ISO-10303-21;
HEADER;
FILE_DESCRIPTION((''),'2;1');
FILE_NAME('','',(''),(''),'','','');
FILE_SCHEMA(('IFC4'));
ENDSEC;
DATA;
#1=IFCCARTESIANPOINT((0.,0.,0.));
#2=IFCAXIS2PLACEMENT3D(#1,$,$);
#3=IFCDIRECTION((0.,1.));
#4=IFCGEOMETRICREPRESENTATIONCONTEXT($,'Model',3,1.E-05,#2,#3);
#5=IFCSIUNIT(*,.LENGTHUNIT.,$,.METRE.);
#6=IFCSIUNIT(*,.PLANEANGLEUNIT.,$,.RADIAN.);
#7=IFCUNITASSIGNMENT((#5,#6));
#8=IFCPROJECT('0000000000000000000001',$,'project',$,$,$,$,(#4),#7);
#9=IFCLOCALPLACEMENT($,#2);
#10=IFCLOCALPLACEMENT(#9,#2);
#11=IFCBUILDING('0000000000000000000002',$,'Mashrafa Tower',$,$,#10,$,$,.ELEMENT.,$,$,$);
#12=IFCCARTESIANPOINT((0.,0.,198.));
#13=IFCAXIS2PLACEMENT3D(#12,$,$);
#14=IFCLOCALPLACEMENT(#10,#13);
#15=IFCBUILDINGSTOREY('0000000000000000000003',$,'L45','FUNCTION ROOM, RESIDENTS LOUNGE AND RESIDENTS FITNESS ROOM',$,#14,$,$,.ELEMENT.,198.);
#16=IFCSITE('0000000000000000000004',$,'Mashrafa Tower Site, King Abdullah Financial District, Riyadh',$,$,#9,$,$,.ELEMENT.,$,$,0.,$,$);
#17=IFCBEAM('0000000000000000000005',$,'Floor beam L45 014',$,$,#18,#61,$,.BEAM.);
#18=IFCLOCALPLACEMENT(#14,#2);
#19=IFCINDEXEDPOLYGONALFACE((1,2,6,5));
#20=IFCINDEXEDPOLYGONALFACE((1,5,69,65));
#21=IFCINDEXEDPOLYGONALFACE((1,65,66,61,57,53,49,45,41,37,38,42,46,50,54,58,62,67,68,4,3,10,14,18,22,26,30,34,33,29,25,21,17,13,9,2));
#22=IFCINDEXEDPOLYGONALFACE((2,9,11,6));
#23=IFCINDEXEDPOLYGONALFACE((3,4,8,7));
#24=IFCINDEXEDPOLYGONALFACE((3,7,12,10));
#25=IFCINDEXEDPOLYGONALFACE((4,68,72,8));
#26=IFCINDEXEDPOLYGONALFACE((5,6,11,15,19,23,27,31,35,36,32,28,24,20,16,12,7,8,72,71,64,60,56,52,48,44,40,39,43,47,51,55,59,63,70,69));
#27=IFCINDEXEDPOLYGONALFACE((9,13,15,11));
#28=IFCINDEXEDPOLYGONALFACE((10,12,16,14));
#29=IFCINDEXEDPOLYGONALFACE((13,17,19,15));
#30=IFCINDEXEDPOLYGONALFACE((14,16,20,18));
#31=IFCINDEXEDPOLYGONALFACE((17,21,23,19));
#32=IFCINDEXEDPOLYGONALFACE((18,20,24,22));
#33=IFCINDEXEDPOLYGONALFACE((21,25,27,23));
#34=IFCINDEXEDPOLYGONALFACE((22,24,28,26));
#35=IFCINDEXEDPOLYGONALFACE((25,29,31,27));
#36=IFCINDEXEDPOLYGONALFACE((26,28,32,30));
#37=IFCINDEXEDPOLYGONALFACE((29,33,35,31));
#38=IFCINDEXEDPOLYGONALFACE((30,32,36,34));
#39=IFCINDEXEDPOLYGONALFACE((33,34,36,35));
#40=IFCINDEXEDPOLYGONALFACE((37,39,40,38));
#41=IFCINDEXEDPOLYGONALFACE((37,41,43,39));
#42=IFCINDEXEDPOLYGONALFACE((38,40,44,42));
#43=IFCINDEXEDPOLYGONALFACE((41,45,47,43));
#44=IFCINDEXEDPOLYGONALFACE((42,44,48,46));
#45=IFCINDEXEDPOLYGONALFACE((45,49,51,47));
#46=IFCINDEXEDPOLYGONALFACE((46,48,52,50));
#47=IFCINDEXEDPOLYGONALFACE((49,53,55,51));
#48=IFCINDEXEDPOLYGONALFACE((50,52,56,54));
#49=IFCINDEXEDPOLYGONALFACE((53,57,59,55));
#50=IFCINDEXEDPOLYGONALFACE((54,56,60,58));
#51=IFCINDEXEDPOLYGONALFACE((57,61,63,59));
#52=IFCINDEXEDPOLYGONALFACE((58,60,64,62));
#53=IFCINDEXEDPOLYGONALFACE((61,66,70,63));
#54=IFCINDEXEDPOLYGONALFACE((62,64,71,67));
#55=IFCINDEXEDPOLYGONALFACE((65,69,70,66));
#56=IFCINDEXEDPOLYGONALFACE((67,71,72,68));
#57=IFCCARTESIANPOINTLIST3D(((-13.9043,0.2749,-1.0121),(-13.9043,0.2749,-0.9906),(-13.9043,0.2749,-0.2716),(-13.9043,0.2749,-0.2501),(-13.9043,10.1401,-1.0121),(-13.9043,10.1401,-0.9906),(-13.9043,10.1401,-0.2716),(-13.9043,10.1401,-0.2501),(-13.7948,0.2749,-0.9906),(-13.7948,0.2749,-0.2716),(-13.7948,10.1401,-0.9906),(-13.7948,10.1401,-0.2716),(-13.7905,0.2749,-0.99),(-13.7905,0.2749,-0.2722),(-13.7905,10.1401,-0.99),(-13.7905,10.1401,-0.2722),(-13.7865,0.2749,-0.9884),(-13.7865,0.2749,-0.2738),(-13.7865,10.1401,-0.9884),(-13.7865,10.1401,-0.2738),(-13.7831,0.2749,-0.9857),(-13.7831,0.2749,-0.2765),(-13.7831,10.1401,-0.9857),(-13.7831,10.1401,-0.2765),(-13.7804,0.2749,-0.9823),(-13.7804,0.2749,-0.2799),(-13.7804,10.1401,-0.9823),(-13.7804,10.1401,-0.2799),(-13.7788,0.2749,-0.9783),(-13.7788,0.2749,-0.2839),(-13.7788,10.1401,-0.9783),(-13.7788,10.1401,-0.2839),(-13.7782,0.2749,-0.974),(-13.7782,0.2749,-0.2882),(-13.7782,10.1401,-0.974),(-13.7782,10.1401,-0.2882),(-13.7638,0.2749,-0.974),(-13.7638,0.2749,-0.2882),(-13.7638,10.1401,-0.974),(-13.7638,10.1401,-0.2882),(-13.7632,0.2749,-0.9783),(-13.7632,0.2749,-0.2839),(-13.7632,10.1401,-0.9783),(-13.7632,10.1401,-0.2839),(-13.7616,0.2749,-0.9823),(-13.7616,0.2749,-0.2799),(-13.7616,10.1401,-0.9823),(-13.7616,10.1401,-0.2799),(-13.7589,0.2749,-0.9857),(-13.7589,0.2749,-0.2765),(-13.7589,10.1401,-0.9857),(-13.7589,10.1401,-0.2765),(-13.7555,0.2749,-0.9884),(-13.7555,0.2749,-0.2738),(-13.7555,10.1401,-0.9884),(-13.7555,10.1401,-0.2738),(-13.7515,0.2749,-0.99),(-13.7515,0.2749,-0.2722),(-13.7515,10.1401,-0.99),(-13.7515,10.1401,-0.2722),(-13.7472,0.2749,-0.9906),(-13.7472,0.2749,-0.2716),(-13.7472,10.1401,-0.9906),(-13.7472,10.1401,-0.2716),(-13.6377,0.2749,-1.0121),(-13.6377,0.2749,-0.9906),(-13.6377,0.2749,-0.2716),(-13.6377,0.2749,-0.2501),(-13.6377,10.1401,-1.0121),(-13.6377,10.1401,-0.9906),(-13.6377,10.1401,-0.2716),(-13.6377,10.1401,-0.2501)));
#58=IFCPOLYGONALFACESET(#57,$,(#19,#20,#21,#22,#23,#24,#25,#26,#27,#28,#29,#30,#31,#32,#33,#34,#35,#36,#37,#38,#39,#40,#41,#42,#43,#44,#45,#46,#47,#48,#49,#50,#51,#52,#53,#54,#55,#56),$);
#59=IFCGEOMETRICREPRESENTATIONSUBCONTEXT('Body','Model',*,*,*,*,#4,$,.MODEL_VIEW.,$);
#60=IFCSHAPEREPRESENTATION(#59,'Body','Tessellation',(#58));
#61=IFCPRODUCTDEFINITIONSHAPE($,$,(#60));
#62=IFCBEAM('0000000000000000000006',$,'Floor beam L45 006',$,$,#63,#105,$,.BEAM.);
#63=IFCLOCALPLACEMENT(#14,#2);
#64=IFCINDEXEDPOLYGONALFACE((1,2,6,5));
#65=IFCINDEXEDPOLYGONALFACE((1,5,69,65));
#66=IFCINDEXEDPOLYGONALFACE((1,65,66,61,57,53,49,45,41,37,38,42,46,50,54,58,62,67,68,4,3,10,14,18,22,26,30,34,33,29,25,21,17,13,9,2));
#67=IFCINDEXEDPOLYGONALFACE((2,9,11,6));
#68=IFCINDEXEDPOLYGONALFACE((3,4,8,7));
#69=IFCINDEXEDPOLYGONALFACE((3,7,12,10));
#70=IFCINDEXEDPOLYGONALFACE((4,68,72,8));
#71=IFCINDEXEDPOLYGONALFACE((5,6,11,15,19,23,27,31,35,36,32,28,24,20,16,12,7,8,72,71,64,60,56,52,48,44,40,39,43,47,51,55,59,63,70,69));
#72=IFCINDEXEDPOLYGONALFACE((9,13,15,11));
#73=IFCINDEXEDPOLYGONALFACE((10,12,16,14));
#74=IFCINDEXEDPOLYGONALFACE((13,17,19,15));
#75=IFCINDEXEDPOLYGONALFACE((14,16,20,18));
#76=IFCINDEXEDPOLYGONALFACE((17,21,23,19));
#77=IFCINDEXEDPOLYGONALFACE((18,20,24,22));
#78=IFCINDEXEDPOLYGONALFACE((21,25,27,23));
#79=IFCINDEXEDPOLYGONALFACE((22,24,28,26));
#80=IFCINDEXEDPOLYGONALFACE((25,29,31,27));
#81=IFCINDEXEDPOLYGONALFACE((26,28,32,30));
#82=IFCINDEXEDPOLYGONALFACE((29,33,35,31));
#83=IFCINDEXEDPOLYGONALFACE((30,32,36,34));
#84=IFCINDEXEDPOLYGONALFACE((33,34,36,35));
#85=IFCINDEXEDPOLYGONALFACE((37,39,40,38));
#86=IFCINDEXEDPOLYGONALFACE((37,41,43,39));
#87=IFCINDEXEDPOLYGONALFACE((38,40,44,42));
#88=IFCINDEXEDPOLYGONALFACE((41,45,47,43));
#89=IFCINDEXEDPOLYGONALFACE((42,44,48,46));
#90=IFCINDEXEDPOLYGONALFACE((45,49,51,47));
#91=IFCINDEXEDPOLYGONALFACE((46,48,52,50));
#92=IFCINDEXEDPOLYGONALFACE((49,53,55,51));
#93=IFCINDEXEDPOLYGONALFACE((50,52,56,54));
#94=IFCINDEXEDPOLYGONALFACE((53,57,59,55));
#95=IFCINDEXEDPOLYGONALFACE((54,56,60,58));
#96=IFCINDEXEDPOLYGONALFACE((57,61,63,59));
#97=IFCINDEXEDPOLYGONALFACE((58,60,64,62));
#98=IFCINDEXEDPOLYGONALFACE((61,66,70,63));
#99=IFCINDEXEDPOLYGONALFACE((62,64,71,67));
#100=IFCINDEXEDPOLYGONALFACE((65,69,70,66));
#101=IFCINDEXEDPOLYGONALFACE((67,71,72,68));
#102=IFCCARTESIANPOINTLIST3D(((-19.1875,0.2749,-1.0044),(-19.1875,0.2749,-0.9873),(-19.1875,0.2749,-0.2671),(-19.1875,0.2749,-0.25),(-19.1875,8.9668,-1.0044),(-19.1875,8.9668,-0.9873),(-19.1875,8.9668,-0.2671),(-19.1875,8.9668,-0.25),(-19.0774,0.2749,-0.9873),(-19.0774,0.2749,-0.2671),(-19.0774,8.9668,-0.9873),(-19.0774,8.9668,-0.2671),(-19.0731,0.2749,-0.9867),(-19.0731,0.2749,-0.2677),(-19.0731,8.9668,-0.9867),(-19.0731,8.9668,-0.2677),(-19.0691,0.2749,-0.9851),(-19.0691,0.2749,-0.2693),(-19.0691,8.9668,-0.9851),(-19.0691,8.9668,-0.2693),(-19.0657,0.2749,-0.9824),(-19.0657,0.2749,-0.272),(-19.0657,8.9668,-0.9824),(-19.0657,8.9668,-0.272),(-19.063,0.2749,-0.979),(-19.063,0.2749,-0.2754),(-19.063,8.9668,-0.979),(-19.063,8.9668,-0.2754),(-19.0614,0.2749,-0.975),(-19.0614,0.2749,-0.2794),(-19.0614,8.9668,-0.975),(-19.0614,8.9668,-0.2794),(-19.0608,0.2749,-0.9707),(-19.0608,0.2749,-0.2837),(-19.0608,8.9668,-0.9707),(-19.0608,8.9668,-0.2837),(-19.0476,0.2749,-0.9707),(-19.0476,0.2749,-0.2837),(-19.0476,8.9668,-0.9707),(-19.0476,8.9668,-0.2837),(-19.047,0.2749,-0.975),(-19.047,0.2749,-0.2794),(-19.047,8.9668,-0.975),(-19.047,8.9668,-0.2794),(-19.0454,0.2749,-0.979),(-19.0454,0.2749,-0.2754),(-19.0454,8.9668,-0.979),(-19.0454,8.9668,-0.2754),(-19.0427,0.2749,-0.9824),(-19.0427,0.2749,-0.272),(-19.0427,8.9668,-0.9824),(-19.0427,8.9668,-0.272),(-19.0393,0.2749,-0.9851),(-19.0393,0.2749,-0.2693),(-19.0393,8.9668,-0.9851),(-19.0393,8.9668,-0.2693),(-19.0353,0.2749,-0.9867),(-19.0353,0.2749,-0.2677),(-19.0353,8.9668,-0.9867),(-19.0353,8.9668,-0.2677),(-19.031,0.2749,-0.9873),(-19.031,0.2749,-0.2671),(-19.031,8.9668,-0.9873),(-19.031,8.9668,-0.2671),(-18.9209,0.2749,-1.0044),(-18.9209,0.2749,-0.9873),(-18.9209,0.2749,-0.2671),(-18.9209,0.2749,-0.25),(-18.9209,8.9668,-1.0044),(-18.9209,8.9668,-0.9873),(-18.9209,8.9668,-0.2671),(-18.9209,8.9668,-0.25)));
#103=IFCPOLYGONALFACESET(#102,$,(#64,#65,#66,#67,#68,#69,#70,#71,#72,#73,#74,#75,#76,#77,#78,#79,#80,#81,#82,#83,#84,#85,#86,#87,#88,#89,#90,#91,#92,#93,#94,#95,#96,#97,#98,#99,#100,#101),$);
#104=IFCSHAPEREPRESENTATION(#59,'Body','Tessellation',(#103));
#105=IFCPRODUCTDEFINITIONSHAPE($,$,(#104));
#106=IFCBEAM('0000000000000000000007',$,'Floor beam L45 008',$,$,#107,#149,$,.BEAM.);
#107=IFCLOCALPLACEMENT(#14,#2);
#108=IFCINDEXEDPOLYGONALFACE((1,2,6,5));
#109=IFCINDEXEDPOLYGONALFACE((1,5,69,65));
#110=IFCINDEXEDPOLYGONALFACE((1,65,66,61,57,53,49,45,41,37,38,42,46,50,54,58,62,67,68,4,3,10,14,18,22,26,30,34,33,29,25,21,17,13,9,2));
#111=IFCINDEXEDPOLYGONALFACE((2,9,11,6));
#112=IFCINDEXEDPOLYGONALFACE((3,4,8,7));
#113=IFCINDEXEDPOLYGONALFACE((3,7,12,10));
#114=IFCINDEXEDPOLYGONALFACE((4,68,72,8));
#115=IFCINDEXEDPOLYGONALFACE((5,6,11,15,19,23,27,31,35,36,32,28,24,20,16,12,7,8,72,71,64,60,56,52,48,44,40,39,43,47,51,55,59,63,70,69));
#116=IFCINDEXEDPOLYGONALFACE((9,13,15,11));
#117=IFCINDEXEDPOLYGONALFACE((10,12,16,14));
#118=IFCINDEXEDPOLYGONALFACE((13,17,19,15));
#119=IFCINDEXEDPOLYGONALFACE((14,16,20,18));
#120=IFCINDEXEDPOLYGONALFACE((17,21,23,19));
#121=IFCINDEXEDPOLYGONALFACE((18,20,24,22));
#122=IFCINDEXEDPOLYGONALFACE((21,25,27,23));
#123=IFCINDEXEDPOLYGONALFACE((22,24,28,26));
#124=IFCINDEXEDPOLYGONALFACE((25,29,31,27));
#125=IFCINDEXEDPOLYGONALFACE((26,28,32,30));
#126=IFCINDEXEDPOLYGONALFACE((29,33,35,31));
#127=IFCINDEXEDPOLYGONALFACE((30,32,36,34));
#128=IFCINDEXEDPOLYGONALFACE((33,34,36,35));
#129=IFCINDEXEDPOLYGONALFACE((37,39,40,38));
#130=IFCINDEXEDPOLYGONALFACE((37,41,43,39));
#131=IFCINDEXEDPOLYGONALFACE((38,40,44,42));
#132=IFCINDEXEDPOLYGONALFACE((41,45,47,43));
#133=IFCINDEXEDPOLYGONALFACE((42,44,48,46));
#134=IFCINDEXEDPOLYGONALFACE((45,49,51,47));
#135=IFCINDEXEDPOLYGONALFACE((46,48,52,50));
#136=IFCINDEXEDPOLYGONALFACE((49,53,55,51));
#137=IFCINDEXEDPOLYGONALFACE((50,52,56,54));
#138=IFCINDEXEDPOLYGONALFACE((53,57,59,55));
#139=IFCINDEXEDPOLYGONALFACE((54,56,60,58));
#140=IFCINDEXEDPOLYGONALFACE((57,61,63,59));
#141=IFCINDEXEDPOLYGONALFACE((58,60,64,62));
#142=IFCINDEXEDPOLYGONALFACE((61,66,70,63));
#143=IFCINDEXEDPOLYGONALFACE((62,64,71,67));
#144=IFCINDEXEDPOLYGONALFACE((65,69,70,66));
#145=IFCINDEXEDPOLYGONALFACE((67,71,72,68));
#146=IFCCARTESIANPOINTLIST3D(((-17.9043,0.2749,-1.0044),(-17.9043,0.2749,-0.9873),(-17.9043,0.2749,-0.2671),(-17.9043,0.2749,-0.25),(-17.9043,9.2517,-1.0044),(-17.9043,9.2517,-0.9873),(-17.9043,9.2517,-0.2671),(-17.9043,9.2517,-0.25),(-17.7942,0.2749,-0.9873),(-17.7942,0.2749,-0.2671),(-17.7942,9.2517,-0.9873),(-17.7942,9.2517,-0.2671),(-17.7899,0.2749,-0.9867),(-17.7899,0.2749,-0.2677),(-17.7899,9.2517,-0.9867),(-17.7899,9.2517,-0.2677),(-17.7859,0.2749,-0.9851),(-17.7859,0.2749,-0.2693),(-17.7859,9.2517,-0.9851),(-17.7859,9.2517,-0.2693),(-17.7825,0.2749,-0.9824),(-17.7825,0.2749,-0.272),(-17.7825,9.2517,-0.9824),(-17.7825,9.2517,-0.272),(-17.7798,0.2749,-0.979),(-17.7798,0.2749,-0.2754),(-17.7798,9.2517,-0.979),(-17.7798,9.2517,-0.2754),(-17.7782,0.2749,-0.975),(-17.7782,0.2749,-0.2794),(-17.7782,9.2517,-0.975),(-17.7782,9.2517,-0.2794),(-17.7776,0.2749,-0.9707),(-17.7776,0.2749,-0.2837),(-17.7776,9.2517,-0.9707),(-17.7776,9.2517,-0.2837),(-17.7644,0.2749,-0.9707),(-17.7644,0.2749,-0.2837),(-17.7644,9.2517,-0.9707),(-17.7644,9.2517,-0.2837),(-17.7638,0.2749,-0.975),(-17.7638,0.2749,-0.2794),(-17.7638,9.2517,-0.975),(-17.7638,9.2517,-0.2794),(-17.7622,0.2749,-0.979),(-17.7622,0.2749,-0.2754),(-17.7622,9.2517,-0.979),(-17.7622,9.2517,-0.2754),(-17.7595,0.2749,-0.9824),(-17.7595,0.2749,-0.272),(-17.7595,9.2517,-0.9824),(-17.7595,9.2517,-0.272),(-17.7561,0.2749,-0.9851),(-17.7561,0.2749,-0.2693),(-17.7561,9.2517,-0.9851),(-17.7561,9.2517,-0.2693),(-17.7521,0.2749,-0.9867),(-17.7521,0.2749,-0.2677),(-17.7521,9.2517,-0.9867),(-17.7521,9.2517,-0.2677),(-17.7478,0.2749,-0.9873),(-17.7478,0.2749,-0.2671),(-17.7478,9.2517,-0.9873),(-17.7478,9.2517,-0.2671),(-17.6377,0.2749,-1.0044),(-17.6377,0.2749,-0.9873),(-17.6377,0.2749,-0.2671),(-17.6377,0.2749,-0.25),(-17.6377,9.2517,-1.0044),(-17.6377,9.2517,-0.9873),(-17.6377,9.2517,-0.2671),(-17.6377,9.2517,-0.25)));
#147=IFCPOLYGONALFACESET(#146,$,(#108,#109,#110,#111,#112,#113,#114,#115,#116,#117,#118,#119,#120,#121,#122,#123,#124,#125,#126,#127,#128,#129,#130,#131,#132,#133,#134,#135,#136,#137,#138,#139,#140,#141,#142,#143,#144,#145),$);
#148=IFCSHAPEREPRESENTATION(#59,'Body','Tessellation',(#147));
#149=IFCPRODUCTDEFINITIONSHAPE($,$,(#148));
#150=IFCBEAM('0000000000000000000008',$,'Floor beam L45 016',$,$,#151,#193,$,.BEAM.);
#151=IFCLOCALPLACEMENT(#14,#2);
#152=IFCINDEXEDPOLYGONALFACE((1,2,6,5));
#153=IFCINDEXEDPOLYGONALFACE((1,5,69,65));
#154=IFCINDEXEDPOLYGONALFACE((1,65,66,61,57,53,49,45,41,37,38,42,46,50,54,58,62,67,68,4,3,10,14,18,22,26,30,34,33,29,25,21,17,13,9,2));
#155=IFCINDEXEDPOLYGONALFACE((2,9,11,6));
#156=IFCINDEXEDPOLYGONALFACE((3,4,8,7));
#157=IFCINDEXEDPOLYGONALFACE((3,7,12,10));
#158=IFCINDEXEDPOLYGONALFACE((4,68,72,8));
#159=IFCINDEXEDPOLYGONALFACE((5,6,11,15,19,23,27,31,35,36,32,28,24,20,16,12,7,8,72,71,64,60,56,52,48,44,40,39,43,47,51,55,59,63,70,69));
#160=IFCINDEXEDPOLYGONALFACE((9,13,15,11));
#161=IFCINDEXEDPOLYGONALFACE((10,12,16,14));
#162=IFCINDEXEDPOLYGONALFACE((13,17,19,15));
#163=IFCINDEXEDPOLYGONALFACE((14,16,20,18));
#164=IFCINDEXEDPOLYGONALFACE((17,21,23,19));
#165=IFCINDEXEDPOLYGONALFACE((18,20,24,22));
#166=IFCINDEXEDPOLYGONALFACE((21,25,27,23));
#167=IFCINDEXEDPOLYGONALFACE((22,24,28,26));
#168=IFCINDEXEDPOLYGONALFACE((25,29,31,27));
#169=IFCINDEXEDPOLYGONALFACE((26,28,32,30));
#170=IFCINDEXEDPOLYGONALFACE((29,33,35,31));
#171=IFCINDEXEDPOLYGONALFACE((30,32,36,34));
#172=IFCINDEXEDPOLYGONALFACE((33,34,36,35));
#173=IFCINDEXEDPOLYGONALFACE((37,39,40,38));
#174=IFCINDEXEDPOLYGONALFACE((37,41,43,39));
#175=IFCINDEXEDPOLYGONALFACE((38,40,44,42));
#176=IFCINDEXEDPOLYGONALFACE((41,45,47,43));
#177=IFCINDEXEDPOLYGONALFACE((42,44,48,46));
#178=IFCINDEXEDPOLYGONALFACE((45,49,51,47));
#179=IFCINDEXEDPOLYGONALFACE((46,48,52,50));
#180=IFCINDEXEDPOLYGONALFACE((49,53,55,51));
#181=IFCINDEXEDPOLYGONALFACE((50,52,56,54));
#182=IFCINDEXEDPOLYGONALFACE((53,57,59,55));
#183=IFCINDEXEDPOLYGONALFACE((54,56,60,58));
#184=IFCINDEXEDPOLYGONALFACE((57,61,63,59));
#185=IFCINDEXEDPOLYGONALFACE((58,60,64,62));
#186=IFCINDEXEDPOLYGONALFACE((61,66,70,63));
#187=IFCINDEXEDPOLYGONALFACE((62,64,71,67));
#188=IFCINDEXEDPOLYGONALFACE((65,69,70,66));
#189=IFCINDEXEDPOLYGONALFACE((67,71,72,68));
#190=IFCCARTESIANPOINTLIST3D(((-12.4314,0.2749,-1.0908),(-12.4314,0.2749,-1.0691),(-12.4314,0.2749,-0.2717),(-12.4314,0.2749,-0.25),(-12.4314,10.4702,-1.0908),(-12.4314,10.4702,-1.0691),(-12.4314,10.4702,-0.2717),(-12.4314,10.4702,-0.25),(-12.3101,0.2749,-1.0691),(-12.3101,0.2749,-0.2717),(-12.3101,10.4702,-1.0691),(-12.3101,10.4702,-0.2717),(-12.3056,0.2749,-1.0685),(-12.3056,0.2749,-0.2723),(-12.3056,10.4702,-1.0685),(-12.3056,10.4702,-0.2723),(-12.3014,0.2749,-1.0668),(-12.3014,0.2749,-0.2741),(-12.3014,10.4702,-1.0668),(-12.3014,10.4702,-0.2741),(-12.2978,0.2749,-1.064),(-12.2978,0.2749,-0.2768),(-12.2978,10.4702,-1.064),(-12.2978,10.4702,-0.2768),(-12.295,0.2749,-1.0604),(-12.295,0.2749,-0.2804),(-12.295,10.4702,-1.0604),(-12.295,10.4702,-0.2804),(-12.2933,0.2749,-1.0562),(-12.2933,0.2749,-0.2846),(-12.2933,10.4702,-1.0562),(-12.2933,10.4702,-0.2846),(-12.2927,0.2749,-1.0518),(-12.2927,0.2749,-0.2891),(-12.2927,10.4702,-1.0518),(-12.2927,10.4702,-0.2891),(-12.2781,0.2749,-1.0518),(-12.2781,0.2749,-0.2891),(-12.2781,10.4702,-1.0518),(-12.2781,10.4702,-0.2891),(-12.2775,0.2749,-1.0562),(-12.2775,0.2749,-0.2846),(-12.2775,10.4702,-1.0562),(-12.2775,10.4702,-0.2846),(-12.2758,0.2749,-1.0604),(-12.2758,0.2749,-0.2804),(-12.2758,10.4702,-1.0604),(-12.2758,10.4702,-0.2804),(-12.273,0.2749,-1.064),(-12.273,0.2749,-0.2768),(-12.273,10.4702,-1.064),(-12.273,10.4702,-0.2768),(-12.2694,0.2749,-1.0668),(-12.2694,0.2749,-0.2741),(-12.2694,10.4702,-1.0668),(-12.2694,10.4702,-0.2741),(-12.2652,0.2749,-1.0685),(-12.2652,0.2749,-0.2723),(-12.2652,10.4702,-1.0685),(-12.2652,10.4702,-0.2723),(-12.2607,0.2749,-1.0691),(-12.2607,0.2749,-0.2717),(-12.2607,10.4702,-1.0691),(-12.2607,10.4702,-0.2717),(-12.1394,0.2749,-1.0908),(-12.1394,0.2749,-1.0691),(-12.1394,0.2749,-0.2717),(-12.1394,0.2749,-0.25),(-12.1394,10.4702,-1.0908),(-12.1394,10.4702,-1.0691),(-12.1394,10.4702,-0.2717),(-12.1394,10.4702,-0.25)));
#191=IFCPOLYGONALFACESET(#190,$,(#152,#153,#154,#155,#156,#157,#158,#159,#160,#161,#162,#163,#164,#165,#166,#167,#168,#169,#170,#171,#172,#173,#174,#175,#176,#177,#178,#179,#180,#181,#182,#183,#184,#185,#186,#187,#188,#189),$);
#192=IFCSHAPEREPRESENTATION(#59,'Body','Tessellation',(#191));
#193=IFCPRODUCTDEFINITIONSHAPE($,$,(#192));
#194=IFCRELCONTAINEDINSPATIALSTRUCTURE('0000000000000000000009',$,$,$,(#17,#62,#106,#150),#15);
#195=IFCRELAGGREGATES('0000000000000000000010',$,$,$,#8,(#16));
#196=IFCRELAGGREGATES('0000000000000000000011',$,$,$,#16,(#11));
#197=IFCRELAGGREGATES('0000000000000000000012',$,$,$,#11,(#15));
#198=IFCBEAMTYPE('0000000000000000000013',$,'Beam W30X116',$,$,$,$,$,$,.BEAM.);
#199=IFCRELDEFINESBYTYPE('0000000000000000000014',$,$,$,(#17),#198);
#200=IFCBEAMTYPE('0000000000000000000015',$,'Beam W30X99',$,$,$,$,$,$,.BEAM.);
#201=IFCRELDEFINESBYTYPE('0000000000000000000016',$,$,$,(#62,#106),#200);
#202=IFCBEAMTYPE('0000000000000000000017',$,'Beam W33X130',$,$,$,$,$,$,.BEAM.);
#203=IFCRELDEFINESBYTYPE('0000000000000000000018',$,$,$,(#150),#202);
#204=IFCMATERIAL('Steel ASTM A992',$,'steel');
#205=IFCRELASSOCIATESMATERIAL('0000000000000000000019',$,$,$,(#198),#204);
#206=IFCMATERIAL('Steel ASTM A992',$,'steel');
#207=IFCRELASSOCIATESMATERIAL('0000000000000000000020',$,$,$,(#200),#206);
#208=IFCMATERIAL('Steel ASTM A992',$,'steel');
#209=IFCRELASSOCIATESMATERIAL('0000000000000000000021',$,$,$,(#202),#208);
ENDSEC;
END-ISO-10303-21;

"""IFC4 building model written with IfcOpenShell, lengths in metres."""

from ifc_helpers import new_model, si_unit, direction, frame, origin, origin_2d, place, context, subcontext, project, spatial, i_section, extrude, material, material_profile, profile_set, type_object, element, save


model = new_model("IFC4")

# Units and contexts
model_context = context("Model", 3, precision=1e-05, world=origin(), true_north=direction((0.0, 1.0)))
body_context = subcontext(model_context, "Body", "Model", "MODEL_VIEW")
ifc_project = project(units=[si_unit("LENGTHUNIT", "METRE"), si_unit("PLANEANGLEUNIT", "RADIAN")], contexts=[model_context])

# Site, building, storey
site_placement = place(None, origin())
site = spatial("IfcSite", under=ifc_project, at=site_placement, Name="Mashrafa Tower Site, King Abdullah Financial District, Riyadh", CompositionType="ELEMENT", RefElevation=0.0)
building_placement = place(site_placement, origin())
building = spatial("IfcBuilding", under=site, at=building_placement, Name="Mashrafa Tower", CompositionType="ELEMENT")
storey_placement = place(building_placement, frame((0.0, 0.0, 198.0)))
storey = spatial("IfcBuildingStorey", under=building, at=storey_placement, Name="L45", Description="FUNCTION ROOM, RESIDENTS LOUNGE AND RESIDENTS FITNESS ROOM", CompositionType="ELEMENT", Elevation=198.0)

# Beams
ifc_material_1 = material(Name="Steel ASTM A992", Category="steel")
ifc_material_profile_1 = material_profile(ifc_material_1, i_section(OverallWidth=0.2666, OverallDepth=0.762, WebThickness=0.0144, FlangeThickness=0.0215, FilletRadius=0.0166, at=origin_2d()), Name="W30X116")
ifc_profile_set_1 = profile_set([ifc_material_profile_1], Name="Steel ASTM A992")
beam_type_1 = type_object("IfcBeamType", Name="Beam W30X116", PredefinedType="BEAM", material=ifc_profile_set_1)
beam_1_placement = place(storey_placement, frame((-13.771, 0.2749, -0.6311), z_axis=(0.0, 1.0, 0.0), x_axis=(-1.0, 0.0, 0.0)))
element("IfcBeam", 1, at=beam_1_placement, inside=storey, type_object=beam_type_1, Name="Floor beam L45 014", PredefinedType="BEAM", context=body_context, shape_type="SweptSolid", body=[
    extrude(i_section(OverallWidth=0.2666, OverallDepth=0.762, WebThickness=0.0144, FlangeThickness=0.0215, FilletRadius=0.0166, at=origin_2d()), origin(), (0.0, 0.0, 1.0), 9.8652),
])
ifc_material_2 = material(Name="Steel ASTM A992", Category="steel")
ifc_material_profile_2 = material_profile(ifc_material_2, i_section(OverallWidth=0.2666, OverallDepth=0.7544, WebThickness=0.0132, FlangeThickness=0.0171, FilletRadius=0.0166, at=origin_2d()), Name="W30X99")
ifc_profile_set_2 = profile_set([ifc_material_profile_2], Name="Steel ASTM A992")
beam_type_2 = type_object("IfcBeamType", Name="Beam W30X99", PredefinedType="BEAM", material=ifc_profile_set_2)
beam_2_placement = place(storey_placement, frame((-19.0542, 0.2749, -0.6272), z_axis=(0.0, 1.0, 0.0), x_axis=(-1.0, 0.0, 0.0)))
element("IfcBeam", 2, at=beam_2_placement, inside=storey, type_object=beam_type_2, Name="Floor beam L45 006", PredefinedType="BEAM", context=body_context, shape_type="SweptSolid", body=[
    extrude(i_section(OverallWidth=0.2666, OverallDepth=0.7544, WebThickness=0.0132, FlangeThickness=0.0171, FilletRadius=0.0166, at=origin_2d()), origin(), (0.0, 0.0, 1.0), 8.6919),
])
beam_3_placement = place(storey_placement, frame((-17.771, 0.2749, -0.6272), z_axis=(0.0, 1.0, 0.0), x_axis=(-1.0, 0.0, 0.0)))
element("IfcBeam", 3, at=beam_3_placement, inside=storey, type_object=beam_type_2, Name="Floor beam L45 008", PredefinedType="BEAM", context=body_context, shape_type="SweptSolid", body=[
    extrude(i_section(OverallWidth=0.2666, OverallDepth=0.7544, WebThickness=0.0132, FlangeThickness=0.0171, FilletRadius=0.0166, at=origin_2d()), origin(), (0.0, 0.0, 1.0), 8.9768),
])
ifc_material_3 = material(Name="Steel ASTM A992", Category="steel")
ifc_material_profile_3 = material_profile(ifc_material_3, i_section(OverallWidth=0.292, OverallDepth=0.8408, WebThickness=0.0146, FlangeThickness=0.0217, FilletRadius=0.0173, at=origin_2d()), Name="W33X130")
ifc_profile_set_3 = profile_set([ifc_material_profile_3], Name="Steel ASTM A992")
beam_type_3 = type_object("IfcBeamType", Name="Beam W33X130", PredefinedType="BEAM", material=ifc_profile_set_3)
beam_4_placement = place(storey_placement, frame((-12.2854, 0.2749, -0.6704), z_axis=(0.0, 1.0, 0.0), x_axis=(-1.0, 0.0, 0.0)))
element("IfcBeam", 4, at=beam_4_placement, inside=storey, type_object=beam_type_3, Name="Floor beam L45 016", PredefinedType="BEAM", context=body_context, shape_type="SweptSolid", body=[
    extrude(i_section(OverallWidth=0.292, OverallDepth=0.8408, WebThickness=0.0146, FlangeThickness=0.0217, FilletRadius=0.0173, at=origin_2d()), origin(), (0.0, 0.0, 1.0), 10.1953),
])

save(model, "model.ifc")
